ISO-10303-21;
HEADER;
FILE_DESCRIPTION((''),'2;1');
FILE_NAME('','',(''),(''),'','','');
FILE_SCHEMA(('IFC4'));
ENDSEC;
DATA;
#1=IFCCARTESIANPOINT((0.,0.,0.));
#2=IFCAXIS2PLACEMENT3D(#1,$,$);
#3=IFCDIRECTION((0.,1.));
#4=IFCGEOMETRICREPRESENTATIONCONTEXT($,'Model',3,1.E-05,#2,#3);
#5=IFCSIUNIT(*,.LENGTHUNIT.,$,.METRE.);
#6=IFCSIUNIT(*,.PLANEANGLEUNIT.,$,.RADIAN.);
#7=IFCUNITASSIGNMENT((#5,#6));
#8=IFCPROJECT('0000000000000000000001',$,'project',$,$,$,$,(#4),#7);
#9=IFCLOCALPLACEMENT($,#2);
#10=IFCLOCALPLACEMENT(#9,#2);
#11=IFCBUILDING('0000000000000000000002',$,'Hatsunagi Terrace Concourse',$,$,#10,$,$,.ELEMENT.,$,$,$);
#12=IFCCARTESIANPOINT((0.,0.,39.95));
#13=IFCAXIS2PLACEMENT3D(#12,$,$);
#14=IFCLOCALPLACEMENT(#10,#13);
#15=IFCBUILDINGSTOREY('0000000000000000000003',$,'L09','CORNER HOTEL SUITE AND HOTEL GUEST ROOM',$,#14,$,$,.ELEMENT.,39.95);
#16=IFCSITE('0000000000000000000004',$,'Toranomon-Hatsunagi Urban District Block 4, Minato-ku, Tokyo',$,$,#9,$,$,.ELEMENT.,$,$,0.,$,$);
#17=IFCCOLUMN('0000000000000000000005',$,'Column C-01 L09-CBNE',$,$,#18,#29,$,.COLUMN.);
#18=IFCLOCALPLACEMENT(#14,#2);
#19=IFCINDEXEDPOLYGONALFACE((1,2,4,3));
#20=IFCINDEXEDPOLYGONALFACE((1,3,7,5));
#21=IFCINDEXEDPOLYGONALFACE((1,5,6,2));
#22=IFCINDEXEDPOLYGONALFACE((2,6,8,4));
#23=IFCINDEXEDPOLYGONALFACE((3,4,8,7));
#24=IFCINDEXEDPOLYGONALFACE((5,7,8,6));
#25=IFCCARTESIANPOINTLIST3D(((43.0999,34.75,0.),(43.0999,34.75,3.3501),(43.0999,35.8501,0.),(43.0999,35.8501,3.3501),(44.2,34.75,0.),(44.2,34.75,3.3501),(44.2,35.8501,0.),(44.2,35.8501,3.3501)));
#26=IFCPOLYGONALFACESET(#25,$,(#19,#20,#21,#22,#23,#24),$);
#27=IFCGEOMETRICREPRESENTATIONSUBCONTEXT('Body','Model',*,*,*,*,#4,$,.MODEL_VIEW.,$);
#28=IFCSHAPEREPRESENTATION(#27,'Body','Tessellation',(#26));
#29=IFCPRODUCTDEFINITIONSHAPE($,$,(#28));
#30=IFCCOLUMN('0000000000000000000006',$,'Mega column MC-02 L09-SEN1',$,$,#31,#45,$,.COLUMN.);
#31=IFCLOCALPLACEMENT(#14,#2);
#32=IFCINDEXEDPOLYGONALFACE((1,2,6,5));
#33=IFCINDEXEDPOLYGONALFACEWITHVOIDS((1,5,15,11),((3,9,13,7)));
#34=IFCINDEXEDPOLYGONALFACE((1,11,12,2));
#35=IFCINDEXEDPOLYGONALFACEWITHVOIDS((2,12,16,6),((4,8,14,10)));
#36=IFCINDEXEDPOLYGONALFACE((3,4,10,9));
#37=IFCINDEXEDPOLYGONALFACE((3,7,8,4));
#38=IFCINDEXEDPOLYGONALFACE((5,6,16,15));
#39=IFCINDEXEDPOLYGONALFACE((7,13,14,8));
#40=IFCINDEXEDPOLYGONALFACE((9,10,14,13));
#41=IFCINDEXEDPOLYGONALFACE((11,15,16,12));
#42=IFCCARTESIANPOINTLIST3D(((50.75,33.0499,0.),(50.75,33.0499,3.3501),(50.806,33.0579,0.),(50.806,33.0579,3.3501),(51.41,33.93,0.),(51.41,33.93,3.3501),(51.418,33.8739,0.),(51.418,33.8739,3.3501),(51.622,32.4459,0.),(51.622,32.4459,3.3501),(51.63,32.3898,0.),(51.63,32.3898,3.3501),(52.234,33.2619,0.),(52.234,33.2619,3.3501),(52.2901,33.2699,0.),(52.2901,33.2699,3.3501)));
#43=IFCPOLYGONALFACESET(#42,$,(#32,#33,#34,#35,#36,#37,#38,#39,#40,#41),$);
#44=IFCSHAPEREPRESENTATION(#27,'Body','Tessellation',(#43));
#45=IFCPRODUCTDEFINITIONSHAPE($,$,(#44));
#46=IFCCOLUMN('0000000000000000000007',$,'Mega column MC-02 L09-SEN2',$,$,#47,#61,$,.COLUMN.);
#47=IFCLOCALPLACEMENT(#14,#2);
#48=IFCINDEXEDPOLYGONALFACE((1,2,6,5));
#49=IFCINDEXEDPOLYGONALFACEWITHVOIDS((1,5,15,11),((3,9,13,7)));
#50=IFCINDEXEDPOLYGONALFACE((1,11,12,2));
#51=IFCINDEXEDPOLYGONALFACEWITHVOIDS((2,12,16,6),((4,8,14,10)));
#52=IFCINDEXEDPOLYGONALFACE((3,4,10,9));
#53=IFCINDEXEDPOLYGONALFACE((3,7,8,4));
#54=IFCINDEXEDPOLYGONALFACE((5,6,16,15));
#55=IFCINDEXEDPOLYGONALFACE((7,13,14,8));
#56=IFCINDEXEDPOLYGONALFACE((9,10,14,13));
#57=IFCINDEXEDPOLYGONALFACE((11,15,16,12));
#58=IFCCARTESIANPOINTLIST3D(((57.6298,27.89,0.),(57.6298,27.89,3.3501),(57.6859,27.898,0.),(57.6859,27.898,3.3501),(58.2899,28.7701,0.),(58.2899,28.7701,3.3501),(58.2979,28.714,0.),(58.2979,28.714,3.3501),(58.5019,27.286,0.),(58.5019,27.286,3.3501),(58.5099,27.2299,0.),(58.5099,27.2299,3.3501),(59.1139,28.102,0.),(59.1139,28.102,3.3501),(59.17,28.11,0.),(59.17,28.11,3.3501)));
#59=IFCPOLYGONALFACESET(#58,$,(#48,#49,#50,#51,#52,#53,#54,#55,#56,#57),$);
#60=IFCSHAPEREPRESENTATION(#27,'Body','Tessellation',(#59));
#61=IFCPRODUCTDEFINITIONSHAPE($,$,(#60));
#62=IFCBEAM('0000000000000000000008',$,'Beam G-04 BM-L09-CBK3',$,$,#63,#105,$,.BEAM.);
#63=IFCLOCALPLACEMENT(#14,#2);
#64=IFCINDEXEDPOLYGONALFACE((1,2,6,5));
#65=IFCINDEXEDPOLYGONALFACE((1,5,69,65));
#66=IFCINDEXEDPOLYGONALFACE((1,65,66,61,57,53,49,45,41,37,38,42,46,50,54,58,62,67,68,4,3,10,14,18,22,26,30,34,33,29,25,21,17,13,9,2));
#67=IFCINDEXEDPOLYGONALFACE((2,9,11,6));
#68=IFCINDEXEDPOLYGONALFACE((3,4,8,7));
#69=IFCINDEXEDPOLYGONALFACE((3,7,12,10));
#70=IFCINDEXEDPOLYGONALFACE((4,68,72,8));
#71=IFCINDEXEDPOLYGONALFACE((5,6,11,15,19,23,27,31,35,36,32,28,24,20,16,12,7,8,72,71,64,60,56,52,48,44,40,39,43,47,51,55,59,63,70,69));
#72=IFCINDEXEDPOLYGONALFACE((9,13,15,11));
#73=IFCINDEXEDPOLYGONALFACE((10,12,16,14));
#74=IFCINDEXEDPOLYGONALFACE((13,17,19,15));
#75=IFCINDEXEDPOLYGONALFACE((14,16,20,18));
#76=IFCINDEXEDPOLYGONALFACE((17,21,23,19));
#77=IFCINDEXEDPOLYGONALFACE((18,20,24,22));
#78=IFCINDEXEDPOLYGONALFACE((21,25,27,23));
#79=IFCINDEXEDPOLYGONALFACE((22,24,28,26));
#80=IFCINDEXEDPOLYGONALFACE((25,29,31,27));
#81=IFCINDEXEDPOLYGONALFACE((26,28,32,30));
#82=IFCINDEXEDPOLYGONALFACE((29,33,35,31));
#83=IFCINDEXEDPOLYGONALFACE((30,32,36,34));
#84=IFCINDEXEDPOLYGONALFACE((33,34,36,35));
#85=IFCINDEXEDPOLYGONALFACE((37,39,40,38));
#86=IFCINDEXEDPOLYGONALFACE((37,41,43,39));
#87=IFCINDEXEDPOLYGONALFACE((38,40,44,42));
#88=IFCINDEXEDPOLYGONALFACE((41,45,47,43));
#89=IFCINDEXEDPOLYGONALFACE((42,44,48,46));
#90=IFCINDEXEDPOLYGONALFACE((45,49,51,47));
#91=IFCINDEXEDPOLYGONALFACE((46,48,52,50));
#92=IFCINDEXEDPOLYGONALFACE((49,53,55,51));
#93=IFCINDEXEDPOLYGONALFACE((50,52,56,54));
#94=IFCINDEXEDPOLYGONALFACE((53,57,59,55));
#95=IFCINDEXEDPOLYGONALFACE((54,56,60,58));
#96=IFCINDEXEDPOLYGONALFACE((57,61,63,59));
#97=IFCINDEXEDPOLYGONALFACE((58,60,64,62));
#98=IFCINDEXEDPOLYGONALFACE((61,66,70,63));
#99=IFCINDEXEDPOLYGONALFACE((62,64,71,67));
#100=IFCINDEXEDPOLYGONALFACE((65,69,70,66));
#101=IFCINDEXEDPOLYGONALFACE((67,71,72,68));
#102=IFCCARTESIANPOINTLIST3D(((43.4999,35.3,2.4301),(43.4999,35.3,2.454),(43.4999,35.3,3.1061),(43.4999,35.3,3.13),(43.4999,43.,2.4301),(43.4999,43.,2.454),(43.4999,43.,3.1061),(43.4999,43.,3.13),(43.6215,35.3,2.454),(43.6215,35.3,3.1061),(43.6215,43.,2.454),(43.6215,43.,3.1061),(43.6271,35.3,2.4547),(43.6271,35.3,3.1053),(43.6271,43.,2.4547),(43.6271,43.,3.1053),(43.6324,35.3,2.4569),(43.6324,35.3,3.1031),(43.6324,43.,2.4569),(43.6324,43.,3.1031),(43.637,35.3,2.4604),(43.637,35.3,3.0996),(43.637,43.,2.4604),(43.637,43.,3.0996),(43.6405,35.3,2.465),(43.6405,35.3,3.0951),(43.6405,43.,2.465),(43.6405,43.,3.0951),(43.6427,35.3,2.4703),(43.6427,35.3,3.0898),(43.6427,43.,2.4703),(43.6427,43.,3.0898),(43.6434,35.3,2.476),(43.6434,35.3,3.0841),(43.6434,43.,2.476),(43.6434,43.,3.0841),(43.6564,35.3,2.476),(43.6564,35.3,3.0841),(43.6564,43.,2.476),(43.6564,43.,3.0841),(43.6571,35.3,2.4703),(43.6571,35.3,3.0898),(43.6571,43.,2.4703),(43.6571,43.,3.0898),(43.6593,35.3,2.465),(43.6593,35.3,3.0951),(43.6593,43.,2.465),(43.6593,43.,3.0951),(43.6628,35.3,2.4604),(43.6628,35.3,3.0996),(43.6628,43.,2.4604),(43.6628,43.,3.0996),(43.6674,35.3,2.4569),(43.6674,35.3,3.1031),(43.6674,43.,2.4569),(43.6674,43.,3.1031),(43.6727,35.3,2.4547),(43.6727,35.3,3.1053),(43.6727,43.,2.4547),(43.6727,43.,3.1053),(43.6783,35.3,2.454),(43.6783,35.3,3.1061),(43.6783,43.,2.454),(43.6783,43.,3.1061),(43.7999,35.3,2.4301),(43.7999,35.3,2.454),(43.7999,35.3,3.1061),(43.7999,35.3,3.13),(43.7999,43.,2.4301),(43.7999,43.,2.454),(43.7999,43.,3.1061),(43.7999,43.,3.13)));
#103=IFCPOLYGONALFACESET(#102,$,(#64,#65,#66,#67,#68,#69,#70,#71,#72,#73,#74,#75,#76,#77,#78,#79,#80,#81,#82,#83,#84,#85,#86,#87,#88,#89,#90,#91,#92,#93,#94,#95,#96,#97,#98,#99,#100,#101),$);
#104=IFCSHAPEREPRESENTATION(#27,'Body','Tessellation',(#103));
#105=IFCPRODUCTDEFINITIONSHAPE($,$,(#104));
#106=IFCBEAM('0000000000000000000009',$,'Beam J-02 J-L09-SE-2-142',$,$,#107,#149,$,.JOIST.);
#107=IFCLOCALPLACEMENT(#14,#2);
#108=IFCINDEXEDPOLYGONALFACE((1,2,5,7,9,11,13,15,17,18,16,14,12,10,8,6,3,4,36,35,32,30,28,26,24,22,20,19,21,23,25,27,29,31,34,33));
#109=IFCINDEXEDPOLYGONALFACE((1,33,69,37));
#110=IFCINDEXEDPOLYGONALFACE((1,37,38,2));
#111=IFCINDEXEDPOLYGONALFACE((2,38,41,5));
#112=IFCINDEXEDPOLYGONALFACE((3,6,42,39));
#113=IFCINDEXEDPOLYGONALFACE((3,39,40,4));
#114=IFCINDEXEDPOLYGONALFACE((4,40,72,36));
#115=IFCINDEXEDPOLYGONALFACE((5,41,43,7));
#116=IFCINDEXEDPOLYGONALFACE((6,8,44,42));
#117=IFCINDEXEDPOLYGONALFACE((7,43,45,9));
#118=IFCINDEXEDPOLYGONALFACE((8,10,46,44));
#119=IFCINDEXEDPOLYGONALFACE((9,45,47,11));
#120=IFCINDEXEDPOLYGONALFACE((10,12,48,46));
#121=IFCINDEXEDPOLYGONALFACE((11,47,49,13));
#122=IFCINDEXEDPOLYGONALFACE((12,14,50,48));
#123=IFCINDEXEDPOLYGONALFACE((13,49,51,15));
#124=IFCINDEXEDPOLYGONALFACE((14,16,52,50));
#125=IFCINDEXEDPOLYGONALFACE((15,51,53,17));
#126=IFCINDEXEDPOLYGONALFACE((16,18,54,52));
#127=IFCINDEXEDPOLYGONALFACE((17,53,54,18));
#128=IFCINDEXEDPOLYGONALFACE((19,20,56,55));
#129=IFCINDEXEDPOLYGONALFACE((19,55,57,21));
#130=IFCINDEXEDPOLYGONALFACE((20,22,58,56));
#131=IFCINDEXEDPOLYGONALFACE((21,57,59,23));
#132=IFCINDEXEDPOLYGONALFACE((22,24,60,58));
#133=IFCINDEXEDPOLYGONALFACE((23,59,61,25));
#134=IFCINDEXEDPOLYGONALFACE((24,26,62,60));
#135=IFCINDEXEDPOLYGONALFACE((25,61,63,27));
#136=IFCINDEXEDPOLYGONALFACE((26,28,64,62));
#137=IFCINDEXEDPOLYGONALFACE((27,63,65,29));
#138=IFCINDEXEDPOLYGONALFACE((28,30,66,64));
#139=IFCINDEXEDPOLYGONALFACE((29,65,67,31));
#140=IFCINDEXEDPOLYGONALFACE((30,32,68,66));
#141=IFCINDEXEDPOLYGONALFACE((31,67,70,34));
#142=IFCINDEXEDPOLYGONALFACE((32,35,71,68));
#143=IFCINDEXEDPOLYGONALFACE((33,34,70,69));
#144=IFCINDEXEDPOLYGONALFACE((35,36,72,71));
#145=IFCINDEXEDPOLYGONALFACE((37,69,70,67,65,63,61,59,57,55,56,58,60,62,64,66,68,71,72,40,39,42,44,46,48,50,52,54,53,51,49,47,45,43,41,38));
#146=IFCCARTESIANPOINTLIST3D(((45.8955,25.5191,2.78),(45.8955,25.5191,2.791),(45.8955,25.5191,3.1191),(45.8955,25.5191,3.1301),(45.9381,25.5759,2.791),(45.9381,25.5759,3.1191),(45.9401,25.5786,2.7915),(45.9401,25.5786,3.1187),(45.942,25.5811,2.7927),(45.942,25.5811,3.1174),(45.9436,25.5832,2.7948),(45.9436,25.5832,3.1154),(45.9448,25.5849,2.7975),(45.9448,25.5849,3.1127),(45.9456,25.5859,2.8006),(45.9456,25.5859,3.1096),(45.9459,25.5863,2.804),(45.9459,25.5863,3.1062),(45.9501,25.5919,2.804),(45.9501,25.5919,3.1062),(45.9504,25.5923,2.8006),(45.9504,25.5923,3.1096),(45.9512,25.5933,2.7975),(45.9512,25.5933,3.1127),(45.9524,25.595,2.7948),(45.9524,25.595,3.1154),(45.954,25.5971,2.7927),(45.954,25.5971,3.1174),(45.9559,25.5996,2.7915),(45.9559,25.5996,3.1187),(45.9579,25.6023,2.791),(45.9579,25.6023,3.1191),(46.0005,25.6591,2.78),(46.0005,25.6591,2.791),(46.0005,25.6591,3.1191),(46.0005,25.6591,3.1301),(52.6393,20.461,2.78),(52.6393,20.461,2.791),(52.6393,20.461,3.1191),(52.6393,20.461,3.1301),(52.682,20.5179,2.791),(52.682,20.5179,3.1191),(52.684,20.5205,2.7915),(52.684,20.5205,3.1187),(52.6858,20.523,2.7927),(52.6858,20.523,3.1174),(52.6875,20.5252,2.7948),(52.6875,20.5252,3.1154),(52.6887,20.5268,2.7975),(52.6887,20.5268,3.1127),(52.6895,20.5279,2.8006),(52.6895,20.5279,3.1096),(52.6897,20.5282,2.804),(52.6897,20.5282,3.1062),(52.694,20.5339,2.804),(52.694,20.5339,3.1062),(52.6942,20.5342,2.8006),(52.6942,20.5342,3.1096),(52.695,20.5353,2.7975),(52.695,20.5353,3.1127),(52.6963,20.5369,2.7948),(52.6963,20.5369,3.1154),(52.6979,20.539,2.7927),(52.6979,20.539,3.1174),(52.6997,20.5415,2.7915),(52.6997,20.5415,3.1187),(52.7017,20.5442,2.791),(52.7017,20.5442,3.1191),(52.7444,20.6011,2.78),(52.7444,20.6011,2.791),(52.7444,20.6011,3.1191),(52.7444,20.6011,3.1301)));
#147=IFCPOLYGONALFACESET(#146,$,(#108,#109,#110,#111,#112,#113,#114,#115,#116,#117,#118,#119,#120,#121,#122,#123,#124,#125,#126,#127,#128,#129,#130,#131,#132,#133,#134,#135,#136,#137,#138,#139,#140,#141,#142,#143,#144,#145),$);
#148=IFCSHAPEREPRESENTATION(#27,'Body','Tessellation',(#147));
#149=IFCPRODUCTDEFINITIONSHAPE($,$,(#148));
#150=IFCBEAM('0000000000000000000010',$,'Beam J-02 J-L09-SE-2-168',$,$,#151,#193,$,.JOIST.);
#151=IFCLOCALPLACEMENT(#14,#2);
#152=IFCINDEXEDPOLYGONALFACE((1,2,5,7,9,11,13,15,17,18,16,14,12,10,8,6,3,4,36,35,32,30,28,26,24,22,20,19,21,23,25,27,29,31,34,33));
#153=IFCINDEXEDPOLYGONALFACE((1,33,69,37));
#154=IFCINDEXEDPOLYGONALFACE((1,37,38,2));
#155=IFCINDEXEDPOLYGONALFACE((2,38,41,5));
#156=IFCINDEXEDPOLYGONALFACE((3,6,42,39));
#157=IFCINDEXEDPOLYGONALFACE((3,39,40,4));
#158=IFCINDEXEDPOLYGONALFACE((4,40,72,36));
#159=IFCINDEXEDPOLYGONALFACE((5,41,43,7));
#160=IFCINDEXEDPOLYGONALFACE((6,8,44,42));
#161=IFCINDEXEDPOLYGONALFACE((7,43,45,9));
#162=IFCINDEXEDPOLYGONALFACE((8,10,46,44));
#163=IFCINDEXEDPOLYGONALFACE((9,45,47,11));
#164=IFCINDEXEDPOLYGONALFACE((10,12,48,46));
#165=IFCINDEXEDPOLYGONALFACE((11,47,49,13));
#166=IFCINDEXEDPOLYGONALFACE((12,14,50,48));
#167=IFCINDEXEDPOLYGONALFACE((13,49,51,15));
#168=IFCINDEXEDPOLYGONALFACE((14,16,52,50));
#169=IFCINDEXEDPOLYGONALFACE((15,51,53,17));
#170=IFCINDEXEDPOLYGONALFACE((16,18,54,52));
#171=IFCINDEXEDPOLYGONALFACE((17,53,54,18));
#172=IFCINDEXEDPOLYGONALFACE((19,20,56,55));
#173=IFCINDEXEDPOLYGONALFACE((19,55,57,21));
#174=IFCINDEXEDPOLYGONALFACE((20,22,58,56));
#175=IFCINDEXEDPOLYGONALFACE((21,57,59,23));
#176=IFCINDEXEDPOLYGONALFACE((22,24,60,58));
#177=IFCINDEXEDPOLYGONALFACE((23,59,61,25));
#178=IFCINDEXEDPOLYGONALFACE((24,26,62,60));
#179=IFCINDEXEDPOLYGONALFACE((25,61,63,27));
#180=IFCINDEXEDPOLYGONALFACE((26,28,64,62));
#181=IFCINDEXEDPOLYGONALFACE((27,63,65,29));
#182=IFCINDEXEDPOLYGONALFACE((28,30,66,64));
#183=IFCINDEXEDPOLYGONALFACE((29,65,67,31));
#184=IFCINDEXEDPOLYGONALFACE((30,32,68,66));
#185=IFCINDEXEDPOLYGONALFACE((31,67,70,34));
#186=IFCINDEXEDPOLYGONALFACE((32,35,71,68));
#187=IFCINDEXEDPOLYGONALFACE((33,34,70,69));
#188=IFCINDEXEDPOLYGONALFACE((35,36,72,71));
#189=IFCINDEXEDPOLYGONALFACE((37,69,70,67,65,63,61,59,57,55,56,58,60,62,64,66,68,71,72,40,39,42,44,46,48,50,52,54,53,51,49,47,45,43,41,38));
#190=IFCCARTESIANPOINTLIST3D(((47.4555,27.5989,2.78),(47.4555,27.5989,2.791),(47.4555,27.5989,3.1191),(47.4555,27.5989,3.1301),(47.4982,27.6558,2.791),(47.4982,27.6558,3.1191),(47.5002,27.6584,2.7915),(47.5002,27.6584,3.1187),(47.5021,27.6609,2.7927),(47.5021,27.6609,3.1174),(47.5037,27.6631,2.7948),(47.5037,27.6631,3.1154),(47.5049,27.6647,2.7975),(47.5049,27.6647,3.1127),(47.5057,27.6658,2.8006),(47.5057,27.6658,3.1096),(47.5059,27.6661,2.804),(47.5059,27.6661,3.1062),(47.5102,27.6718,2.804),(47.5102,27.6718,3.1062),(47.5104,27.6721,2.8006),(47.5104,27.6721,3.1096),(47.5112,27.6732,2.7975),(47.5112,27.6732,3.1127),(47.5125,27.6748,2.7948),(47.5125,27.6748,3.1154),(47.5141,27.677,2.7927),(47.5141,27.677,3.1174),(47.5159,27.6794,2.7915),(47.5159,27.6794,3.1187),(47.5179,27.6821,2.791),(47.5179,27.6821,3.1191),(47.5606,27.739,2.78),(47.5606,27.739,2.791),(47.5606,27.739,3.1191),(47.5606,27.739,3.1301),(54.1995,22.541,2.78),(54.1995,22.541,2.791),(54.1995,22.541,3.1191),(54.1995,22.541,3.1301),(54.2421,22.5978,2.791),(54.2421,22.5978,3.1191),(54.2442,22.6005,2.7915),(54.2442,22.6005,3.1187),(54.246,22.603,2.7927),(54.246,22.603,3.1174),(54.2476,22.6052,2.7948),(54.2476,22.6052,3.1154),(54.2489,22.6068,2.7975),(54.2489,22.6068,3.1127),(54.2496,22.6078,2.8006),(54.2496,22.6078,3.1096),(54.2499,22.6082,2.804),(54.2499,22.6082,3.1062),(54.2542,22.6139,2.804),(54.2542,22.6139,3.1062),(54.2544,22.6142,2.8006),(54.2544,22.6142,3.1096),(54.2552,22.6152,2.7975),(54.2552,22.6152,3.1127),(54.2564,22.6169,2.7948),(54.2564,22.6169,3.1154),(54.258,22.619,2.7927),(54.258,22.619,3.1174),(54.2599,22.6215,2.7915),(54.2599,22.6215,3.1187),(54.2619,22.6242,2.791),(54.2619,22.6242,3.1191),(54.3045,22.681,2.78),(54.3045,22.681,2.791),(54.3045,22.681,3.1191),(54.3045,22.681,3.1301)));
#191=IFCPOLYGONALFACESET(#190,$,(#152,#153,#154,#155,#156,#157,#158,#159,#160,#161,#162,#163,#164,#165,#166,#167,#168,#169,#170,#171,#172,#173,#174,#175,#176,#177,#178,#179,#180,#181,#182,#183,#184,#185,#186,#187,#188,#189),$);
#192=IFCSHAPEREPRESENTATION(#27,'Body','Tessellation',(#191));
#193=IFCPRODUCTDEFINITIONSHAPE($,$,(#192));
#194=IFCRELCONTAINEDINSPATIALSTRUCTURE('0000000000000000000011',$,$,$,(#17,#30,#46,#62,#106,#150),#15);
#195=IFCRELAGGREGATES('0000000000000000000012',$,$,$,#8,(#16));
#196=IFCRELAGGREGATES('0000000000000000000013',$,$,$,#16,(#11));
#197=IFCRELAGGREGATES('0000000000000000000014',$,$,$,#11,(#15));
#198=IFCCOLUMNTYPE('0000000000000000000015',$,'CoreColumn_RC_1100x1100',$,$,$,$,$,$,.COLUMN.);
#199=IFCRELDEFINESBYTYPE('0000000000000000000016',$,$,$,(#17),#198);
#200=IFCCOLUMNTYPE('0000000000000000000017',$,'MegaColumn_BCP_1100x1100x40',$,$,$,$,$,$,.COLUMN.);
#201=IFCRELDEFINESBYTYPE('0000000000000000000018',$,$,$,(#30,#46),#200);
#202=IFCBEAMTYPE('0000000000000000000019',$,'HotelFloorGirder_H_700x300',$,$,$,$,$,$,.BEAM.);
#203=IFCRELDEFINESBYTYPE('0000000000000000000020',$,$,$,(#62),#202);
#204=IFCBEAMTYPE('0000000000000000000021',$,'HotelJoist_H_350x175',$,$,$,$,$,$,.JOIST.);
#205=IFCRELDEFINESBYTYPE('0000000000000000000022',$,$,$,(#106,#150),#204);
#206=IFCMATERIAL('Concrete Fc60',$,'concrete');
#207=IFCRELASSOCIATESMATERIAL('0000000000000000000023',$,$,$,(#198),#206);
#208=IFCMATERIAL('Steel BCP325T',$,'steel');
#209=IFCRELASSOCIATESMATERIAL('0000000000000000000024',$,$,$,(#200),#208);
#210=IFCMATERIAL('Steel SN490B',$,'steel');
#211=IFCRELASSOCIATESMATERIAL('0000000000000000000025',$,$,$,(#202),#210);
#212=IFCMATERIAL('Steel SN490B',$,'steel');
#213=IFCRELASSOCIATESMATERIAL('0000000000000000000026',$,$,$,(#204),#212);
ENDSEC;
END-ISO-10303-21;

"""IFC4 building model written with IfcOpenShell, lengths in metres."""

from ifc_helpers import new_model, si_unit, direction, frame, origin, origin_2d, place, context, subcontext, project, spatial, rectangle, hollow_rectangle, i_section, extrude, material, material_profile, profile_set, type_object, element, save


model = new_model("IFC4")

# Units and contexts
model_context = context("Model", 3, precision=1e-05, world=origin(), true_north=direction((0.0, 1.0)))
body_context = subcontext(model_context, "Body", "Model", "MODEL_VIEW")
ifc_project = project(units=[si_unit("LENGTHUNIT", "METRE"), si_unit("PLANEANGLEUNIT", "RADIAN")], contexts=[model_context])

# Site, building, storey
site_placement = place(None, origin())
site = spatial("IfcSite", under=ifc_project, at=site_placement, Name="Toranomon-Hatsunagi Urban District Block 4, Minato-ku, Tokyo", CompositionType="ELEMENT", RefElevation=0.0)
building_placement = place(site_placement, origin())
building = spatial("IfcBuilding", under=site, at=building_placement, Name="Hatsunagi Terrace Concourse", CompositionType="ELEMENT")
storey_placement = place(building_placement, frame((0.0, 0.0, 39.95)))
storey = spatial("IfcBuildingStorey", under=building, at=storey_placement, Name="L09", Description="CORNER HOTEL SUITE AND HOTEL GUEST ROOM", CompositionType="ELEMENT", Elevation=39.95)

# Columns
ifc_material_1 = material(Name="Concrete Fc60", Category="concrete")
ifc_material_profile_1 = material_profile(ifc_material_1, rectangle(XDim=1.1001, YDim=1.1001, at=origin_2d()), Name="RC-1100x1100")
ifc_profile_set_1 = profile_set([ifc_material_profile_1], Name="Concrete Fc60")
column_type_1 = type_object("IfcColumnType", Name="CoreColumn_RC_1100x1100", PredefinedType="COLUMN", material=ifc_profile_set_1)
column_placement = place(storey_placement, frame((43.6499, 35.3, 0.0), z_axis=(0.0, 0.0, 1.0), x_axis=(1.0, 0.0, 0.0)))
element("IfcColumn", 1, at=column_placement, inside=storey, type_object=column_type_1, Name="Column C-01 L09-CBNE", PredefinedType="COLUMN", context=body_context, shape_type="SweptSolid", body=[
    extrude(rectangle(XDim=1.1001, YDim=1.1001, at=origin_2d()), origin(), (0.0, 0.0, 1.0), 3.3501),
])
ifc_material_2 = material(Name="Steel BCP325T", Category="steel")
ifc_material_profile_2 = material_profile(ifc_material_2, hollow_rectangle(XDim=1.1001, YDim=1.1001, WallThickness=0.04, at=origin_2d()), Name="BCP-1100x1100x40")
ifc_profile_set_2 = profile_set([ifc_material_profile_2], Name="Steel BCP325T")
column_type_2 = type_object("IfcColumnType", Name="MegaColumn_BCP_1100x1100x40", PredefinedType="COLUMN", material=ifc_profile_set_2)
for number, where, z_axis, x_axis, name in (
    (2, (51.52, 33.1599, 0.0), (0.0, 0.0, 1.0), (0.8, -0.6, 0.0), "Mega column MC-02 L09-SEN1"),
    (3, (58.3999, 28.0, 0.0), (0.0, 0.0, 1.0), (0.8, -0.6, 0.0), "Mega column MC-02 L09-SEN2"),
):
    element("IfcColumn", number, at=place(storey_placement, frame(where, z_axis=z_axis, x_axis=x_axis)), inside=storey, type_object=column_type_2, Name=name, PredefinedType="COLUMN", context=body_context, shape_type="SweptSolid", body=[
        extrude(hollow_rectangle(XDim=1.1001, YDim=1.1001, WallThickness=0.04, at=origin_2d()), origin(), (0.0, 0.0, 1.0), 3.3501),
    ])

# Beams
ifc_material_3 = material(Name="Steel SN490B", Category="steel")
ifc_material_profile_3 = material_profile(ifc_material_3, i_section(OverallWidth=0.3, OverallDepth=0.7, WebThickness=0.0129, FlangeThickness=0.0239, FilletRadius=0.022, at=origin_2d()), Name="H-700x300x13x24")
ifc_profile_set_3 = profile_set([ifc_material_profile_3], Name="Steel SN490B")
beam_type_1 = type_object("IfcBeamType", Name="HotelFloorGirder_H_700x300", PredefinedType="BEAM", material=ifc_profile_set_3)
beam_1_placement = place(storey_placement, frame((43.6499, 35.3, 2.78), z_axis=(0.0, 1.0, 0.0), x_axis=(-1.0, 0.0, 0.0)))
element("IfcBeam", 4, at=beam_1_placement, inside=storey, type_object=beam_type_1, Name="Beam G-04 BM-L09-CBK3", PredefinedType="BEAM", context=body_context, shape_type="SweptSolid", body=[
    extrude(i_section(OverallWidth=0.3, OverallDepth=0.7, WebThickness=0.0129, FlangeThickness=0.0239, FilletRadius=0.022, at=origin_2d()), origin(), (0.0, 0.0, 1.0), 7.7),
])
ifc_material_4 = material(Name="Steel SN490B", Category="steel")
ifc_material_profile_4 = material_profile(ifc_material_4, i_section(OverallWidth=0.175, OverallDepth=0.3501, WebThickness=0.0071, FlangeThickness=0.011, FilletRadius=0.0129, at=origin_2d()), Name="H-350x175x7x11")
ifc_profile_set_4 = profile_set([ifc_material_profile_4], Name="Steel SN490B")
beam_type_2 = type_object("IfcBeamType", Name="HotelJoist_H_350x175", PredefinedType="JOIST", material=ifc_profile_set_4)
for number, where, z_axis, x_axis, name in (
    (5, (45.948, 25.5891, 2.9551), (0.79999, -0.600014, 0.0), (0.600014, 0.79999, 0.0), "Beam J-02 J-L09-SE-2-142"),
    (6, (47.5081, 27.6689, 2.9551), (0.800003, -0.599995, 0.0), (0.599995, 0.800003, 0.0), "Beam J-02 J-L09-SE-2-168"),
):
    element("IfcBeam", number, at=place(storey_placement, frame(where, z_axis=z_axis, x_axis=x_axis)), inside=storey, type_object=beam_type_2, Name=name, PredefinedType="JOIST", context=body_context, shape_type="SweptSolid", body=[
        extrude(i_section(OverallWidth=0.175, OverallDepth=0.3501, WebThickness=0.0071, FlangeThickness=0.011, FilletRadius=0.0129, at=origin_2d()), origin(), (0.0, 0.0, 1.0), 8.4299),
    ])

save(model, "model.ifc")
